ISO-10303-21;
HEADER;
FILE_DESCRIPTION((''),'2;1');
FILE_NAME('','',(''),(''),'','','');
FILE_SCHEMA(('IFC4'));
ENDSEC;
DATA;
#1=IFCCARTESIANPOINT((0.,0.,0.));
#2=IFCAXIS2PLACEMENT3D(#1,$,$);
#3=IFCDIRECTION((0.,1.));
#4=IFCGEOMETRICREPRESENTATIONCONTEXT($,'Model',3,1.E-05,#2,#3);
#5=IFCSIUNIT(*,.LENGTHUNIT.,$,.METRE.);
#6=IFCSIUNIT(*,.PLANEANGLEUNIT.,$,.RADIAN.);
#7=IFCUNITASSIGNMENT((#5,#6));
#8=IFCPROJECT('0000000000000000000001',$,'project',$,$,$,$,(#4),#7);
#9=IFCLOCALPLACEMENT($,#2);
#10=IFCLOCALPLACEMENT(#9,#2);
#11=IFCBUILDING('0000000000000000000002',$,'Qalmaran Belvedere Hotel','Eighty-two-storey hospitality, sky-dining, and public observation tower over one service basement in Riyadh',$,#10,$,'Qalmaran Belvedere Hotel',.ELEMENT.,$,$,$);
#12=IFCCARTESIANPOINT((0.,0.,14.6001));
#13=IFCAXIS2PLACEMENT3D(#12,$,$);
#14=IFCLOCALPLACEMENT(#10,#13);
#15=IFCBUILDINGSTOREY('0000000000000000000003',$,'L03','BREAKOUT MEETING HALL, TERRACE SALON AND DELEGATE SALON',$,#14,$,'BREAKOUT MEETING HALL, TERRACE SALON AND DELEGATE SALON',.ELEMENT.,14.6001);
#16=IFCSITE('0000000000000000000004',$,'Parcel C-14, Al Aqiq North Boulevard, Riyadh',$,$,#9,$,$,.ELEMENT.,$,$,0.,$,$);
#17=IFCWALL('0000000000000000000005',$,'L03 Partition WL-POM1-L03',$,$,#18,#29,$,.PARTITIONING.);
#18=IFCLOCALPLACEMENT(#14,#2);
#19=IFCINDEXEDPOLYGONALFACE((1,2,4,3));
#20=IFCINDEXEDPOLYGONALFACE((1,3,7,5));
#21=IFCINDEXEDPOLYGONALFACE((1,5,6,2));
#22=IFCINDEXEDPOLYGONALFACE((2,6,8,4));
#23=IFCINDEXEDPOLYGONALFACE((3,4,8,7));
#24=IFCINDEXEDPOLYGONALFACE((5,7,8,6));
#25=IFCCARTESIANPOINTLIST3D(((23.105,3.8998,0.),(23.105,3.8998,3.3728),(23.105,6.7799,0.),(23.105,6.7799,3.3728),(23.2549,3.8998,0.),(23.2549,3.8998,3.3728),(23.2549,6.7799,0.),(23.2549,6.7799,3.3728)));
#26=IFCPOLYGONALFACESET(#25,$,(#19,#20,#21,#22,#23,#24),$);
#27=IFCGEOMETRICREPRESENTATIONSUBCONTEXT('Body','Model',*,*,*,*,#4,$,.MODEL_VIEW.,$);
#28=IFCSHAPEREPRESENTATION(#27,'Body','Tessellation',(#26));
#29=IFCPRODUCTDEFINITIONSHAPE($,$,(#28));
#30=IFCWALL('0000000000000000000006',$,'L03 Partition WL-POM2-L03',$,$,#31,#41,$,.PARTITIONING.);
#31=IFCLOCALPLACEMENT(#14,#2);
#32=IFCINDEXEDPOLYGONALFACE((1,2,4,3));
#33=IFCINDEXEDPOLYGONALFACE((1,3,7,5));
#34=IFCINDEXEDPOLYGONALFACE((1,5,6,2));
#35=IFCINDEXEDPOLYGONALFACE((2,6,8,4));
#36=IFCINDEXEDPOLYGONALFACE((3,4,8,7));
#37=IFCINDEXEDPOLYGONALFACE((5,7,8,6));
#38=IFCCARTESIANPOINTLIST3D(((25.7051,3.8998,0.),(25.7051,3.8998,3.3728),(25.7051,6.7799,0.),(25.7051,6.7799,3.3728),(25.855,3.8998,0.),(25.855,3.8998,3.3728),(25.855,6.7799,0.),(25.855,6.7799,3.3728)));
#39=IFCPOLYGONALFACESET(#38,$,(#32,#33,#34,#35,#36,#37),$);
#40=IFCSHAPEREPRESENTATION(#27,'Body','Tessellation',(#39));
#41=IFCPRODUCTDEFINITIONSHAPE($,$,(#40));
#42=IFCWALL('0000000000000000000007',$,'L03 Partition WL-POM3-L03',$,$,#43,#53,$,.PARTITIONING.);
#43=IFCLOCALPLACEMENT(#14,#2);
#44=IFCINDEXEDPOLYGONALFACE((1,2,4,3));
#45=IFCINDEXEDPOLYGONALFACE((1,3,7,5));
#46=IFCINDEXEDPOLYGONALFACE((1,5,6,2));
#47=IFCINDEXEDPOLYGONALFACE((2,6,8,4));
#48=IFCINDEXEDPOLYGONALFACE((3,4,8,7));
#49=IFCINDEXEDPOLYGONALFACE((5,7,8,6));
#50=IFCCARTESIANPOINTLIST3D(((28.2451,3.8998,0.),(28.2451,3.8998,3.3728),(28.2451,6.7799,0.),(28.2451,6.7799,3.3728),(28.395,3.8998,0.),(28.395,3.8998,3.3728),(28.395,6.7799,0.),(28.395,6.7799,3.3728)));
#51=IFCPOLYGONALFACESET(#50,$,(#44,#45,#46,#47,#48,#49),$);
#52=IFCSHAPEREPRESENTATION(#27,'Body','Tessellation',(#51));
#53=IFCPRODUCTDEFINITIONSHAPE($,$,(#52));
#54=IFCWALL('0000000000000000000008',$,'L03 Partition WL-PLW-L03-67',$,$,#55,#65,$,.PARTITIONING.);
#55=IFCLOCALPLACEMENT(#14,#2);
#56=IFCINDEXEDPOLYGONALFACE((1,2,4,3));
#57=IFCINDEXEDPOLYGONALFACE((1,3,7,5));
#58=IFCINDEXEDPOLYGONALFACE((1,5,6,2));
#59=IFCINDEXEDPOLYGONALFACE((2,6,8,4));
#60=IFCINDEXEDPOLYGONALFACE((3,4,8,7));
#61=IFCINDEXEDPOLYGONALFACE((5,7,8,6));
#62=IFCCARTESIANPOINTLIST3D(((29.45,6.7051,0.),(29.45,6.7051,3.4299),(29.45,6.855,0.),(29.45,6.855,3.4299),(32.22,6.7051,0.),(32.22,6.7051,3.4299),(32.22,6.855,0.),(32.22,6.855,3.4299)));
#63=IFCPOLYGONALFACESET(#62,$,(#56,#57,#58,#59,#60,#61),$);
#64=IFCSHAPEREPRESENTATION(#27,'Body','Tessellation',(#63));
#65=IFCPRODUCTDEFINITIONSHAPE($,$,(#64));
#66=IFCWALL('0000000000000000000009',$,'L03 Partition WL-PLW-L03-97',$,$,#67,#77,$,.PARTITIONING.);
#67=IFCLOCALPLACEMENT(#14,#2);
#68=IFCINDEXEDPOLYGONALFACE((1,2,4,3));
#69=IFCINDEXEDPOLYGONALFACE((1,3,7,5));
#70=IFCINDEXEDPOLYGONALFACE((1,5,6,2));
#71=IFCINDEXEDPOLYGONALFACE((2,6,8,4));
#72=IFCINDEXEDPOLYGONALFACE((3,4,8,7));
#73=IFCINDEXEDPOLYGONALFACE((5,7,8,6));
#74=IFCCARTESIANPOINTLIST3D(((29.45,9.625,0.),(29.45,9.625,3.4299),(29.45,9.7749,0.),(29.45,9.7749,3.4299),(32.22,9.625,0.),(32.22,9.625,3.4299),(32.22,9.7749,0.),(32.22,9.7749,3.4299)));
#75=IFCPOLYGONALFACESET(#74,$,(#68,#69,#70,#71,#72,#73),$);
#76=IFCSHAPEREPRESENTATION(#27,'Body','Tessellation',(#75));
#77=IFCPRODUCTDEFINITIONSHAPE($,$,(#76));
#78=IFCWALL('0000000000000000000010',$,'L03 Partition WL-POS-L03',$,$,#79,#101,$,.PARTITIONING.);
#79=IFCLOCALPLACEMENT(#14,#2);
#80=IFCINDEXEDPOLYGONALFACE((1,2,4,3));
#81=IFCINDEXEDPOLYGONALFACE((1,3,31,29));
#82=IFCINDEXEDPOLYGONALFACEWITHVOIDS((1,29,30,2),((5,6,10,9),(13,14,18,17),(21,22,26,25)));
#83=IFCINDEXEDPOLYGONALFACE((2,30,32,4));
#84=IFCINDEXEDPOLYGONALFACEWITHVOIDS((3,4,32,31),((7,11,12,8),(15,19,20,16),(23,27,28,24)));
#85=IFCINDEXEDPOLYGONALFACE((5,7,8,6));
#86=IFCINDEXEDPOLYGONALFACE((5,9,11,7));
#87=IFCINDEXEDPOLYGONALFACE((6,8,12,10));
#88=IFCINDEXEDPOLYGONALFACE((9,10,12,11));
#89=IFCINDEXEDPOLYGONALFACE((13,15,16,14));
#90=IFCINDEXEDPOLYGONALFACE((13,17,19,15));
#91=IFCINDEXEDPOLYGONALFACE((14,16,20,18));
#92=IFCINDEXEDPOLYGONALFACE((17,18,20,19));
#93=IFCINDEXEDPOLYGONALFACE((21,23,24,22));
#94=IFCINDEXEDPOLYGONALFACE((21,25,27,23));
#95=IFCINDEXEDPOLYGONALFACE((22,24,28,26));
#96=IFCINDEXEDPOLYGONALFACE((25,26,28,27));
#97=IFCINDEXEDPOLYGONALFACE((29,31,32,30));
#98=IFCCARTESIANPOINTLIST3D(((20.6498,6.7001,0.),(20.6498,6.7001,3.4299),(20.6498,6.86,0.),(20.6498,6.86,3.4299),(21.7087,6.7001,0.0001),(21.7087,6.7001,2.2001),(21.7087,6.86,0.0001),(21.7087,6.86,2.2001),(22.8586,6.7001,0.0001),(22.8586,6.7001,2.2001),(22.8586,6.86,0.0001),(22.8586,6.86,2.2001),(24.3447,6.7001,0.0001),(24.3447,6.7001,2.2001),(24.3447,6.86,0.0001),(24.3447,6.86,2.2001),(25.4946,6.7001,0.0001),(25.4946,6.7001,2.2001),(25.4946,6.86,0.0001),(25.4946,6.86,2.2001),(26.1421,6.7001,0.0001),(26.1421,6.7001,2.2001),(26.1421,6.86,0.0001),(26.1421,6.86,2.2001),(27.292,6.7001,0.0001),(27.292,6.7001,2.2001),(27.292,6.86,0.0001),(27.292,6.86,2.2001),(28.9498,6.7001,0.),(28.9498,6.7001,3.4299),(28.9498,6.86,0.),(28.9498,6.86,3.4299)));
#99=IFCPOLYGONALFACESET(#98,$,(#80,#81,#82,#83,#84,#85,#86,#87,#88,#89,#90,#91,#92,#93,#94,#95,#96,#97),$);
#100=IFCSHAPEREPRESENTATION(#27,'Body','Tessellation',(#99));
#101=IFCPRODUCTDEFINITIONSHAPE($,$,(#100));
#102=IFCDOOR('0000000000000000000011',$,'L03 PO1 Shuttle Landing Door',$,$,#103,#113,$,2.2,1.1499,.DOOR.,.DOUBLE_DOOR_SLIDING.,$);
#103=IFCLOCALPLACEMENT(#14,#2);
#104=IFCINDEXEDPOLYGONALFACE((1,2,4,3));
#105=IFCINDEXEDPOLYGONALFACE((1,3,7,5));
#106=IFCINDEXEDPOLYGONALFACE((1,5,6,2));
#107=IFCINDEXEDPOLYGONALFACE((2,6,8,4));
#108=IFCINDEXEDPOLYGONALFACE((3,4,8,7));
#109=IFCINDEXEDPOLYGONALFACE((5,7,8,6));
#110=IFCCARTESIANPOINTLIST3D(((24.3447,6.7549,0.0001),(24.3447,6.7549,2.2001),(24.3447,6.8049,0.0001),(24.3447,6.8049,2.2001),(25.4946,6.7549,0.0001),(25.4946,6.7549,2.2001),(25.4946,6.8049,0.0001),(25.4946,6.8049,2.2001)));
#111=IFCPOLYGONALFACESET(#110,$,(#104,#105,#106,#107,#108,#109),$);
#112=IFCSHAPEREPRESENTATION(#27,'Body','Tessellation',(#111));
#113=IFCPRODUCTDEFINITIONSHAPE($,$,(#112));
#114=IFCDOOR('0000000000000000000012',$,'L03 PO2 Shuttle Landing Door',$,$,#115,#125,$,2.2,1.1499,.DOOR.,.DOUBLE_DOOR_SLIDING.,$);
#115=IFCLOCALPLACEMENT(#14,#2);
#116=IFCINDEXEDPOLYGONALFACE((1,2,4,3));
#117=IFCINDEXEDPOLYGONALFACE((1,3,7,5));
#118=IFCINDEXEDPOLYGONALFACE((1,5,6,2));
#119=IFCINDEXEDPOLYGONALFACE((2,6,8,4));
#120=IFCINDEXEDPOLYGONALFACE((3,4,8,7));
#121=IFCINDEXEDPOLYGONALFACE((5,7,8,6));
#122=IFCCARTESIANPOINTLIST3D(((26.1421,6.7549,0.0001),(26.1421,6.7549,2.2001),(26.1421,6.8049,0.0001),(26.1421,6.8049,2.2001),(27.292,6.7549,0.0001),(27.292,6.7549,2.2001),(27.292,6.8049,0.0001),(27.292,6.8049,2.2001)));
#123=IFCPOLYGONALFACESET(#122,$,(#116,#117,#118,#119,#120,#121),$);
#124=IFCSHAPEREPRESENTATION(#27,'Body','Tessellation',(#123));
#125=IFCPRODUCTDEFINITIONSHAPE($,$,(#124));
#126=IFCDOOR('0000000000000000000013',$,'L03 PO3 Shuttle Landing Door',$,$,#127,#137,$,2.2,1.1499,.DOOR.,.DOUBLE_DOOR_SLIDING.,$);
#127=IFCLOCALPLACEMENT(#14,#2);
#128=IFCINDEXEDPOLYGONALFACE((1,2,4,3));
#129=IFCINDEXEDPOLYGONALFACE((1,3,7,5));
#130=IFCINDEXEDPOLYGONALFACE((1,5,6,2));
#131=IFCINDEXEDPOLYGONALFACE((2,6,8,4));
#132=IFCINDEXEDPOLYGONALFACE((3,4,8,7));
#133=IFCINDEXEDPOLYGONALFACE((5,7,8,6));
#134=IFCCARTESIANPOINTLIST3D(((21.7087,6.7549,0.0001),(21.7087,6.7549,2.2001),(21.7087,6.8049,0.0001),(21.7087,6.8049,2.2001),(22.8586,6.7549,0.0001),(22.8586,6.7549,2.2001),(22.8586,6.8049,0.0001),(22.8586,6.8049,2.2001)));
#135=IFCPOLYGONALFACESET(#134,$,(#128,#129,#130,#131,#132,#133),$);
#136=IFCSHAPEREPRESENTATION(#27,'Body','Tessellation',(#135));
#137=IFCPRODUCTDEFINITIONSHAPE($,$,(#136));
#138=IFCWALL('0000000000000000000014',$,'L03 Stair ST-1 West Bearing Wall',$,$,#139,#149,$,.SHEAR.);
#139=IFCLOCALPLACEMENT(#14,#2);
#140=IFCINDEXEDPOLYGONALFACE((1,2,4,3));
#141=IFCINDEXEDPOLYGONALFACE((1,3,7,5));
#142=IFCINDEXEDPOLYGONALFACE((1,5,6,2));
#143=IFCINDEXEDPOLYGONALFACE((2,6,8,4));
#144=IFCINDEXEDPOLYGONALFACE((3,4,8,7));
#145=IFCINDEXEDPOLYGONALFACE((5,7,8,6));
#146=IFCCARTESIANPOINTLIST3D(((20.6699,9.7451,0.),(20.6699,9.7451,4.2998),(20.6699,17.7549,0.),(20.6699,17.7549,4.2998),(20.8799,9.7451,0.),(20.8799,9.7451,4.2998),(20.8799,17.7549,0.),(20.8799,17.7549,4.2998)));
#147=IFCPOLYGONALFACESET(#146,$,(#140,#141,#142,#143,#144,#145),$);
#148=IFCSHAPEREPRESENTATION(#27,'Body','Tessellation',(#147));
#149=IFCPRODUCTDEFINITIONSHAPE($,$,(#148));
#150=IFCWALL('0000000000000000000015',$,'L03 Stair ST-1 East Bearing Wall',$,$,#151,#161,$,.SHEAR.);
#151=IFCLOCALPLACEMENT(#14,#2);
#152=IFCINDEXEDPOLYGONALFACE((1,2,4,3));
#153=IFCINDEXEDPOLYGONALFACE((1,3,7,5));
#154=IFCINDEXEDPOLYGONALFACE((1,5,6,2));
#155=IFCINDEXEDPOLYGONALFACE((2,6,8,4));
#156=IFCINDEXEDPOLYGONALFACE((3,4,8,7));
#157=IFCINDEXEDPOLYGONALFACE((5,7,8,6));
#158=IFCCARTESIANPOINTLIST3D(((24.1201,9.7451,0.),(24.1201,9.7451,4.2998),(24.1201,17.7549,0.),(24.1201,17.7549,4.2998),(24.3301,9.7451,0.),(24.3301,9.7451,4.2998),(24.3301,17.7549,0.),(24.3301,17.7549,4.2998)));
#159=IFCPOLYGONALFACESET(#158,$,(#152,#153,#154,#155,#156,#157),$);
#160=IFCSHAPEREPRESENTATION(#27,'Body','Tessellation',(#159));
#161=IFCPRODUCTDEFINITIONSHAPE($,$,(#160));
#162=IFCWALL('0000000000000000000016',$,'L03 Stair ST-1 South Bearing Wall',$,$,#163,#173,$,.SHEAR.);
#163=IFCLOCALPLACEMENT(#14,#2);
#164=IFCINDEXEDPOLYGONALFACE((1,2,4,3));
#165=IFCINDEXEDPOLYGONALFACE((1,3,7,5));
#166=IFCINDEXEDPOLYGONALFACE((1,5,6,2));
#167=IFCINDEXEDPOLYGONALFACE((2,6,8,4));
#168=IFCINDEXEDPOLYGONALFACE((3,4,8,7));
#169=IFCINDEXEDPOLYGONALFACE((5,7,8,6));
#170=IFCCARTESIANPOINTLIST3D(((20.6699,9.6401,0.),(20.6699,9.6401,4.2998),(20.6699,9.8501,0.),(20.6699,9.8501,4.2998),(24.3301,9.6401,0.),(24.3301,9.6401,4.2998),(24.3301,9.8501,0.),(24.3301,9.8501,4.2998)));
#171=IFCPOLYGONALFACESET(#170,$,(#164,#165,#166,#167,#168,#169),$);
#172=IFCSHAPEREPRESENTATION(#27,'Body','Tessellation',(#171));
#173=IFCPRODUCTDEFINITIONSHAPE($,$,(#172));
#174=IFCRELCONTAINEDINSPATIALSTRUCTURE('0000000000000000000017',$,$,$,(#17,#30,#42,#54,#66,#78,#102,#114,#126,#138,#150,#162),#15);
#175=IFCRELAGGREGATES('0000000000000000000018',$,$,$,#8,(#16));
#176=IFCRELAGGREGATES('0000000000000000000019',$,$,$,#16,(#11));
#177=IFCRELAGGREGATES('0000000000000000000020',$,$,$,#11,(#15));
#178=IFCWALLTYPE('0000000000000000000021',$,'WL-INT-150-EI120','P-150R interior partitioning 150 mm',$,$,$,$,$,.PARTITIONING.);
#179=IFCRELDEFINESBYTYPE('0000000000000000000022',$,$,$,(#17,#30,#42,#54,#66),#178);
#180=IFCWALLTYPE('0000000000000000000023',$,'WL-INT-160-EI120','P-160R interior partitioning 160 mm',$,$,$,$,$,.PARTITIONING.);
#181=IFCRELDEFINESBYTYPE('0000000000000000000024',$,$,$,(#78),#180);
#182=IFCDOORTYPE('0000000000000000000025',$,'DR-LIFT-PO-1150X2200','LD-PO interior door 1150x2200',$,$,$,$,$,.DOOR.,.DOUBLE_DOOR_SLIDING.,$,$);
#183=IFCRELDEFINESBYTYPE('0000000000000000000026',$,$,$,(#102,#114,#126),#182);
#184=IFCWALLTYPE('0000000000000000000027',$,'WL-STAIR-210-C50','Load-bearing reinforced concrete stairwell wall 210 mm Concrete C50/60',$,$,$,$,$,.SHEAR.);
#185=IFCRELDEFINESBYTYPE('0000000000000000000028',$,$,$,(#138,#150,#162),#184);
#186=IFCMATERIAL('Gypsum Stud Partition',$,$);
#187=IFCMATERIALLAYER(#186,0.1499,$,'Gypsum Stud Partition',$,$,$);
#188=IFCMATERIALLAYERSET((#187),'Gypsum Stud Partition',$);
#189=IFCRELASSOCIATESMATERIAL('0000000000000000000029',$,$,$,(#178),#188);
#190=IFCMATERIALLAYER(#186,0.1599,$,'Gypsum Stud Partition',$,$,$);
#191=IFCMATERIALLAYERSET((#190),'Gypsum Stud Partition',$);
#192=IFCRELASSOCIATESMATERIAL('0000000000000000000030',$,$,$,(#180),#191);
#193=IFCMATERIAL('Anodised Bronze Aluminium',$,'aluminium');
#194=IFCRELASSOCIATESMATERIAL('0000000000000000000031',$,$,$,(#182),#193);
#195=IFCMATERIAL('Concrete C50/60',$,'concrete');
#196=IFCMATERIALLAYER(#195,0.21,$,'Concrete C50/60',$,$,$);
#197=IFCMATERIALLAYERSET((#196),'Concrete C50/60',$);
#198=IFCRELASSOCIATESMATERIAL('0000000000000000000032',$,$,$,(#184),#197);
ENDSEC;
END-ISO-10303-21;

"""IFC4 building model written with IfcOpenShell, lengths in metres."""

from ifc_helpers import new_model, si_unit, direction, frame, frame_2d, origin, place, context, subcontext, project, spatial, rectangle, extrude, material, layer, layer_set, type_object, element, fill, save


model = new_model("IFC4")

# Units and contexts
model_context = context("Model", 3, precision=1e-05, world=origin(), true_north=direction((0.0, 1.0)))
body_context = subcontext(model_context, "Body", "Model", "MODEL_VIEW")
ifc_project = project(units=[si_unit("LENGTHUNIT", "METRE"), si_unit("PLANEANGLEUNIT", "RADIAN")], contexts=[model_context])

# Site, building, storey
site_placement = place(None, origin())
site = spatial("IfcSite", under=ifc_project, at=site_placement, Name="Parcel C-14, Al Aqiq North Boulevard, Riyadh", CompositionType="ELEMENT", RefElevation=0.0)
building_placement = place(site_placement, origin())
building = spatial("IfcBuilding", under=site, at=building_placement, Name="Qalmaran Belvedere Hotel", Description="Eighty-two-storey hospitality, sky-dining, and public observation tower over one service basement in Riyadh", LongName="Qalmaran Belvedere Hotel", CompositionType="ELEMENT")
storey_placement = place(building_placement, frame((0.0, 0.0, 14.6001)))
storey = spatial("IfcBuildingStorey", under=building, at=storey_placement, Name="L03", Description="BREAKOUT MEETING HALL, TERRACE SALON AND DELEGATE SALON", LongName="BREAKOUT MEETING HALL, TERRACE SALON AND DELEGATE SALON", CompositionType="ELEMENT", Elevation=14.6001)

# Shared definitions
ifc_material_1 = material(Name="Anodised Bronze Aluminium", Category="aluminium")

# Walls
ifc_material_2 = material(Name="Gypsum Stud Partition")
ifc_layer_1 = layer(ifc_material_2, 0.1499, Name="Gypsum Stud Partition")
ifc_layer_set_1 = layer_set([ifc_layer_1], Name="Gypsum Stud Partition")
wall_type_1 = type_object("IfcWallType", Name="WL-INT-150-EI120", Description="P-150R interior partitioning 150 mm", PredefinedType="PARTITIONING", material=ifc_layer_set_1)
for number, where, z_axis, x_axis, name in (
    (1, (23.1799, 3.8999, 0.0), (0.0, 0.0, 1.0), (0.0, 1.0, 0.0), "L03 Partition WL-POM1-L03"),
    (2, (25.78, 3.8999, 0.0), (0.0, 0.0, 1.0), (0.0, 1.0, 0.0), "L03 Partition WL-POM2-L03"),
    (3, (28.3201, 3.8999, 0.0), (0.0, 0.0, 1.0), (0.0, 1.0, 0.0), "L03 Partition WL-POM3-L03"),
):
    element("IfcWall", number, at=place(storey_placement, frame(where, z_axis=z_axis, x_axis=x_axis)), inside=storey, type_object=wall_type_1, Name=name, PredefinedType="PARTITIONING", context=body_context, shape_type="SweptSolid", body=[
        extrude(rectangle(XDim=2.8801, YDim=0.1499, at=frame_2d((1.4399, 0.0))), origin(), (0.0, 0.0, 1.0), 3.3728),
    ])
for number, where, z_axis, x_axis, name in (
    (4, (29.45, 6.78, 0.0), (0.0, 0.0, 1.0), (1.0, 0.0, 0.0), "L03 Partition WL-PLW-L03-67"),
    (5, (29.45, 9.7, 0.0), (0.0, 0.0, 1.0), (1.0, 0.0, 0.0), "L03 Partition WL-PLW-L03-97"),
):
    element("IfcWall", number, at=place(storey_placement, frame(where, z_axis=z_axis, x_axis=x_axis)), inside=storey, type_object=wall_type_1, Name=name, PredefinedType="PARTITIONING", context=body_context, shape_type="SweptSolid", body=[
        extrude(rectangle(XDim=2.77, YDim=0.1499, at=frame_2d((1.385, 0.0))), origin(), (0.0, 0.0, 1.0), 3.4299),
    ])

# Wall, openings, doors
ifc_layer_2 = layer(ifc_material_2, 0.1599, Name="Gypsum Stud Partition")
ifc_layer_set_2 = layer_set([ifc_layer_2], Name="Gypsum Stud Partition")
wall_type_2 = type_object("IfcWallType", Name="WL-INT-160-EI120", Description="P-160R interior partitioning 160 mm", PredefinedType="PARTITIONING", material=ifc_layer_set_2)
wall_1_placement = place(storey_placement, frame((20.6499, 6.78, 0.0), z_axis=(0.0, 0.0, 1.0), x_axis=(1.0, 0.0, 0.0)))
wall_1 = element("IfcWall", 6, at=wall_1_placement, inside=storey, type_object=wall_type_2, Name="L03 Partition WL-POS-L03", PredefinedType="PARTITIONING", context=body_context, shape_type="SweptSolid", body=[
    extrude(rectangle(XDim=8.3, YDim=0.1599, at=frame_2d((4.1499, 0.0))), origin(), (0.0, 0.0, 1.0), 3.4299),
])
opening_1_placement = place(wall_1_placement, frame((3.6948, 0.0, 0.0)))
opening_1 = element("IfcOpeningElement", 7, at=opening_1_placement, cuts=wall_1, PredefinedType="OPENING", context=body_context, shape_type="SweptSolid", body=[
    extrude(rectangle(XDim=1.1499, YDim=2.2, at=frame_2d((0.575, 1.1001))), frame((0.0, 0.0898, 0.0), z_axis=(0.0, -1.0, 0.0), x_axis=(1.0, 0.0, 0.0)), (0.0, 0.0, 1.0), 0.1799),
])
opening_2_placement = place(wall_1_placement, frame((5.4922, 0.0, 0.0)))
opening_2 = element("IfcOpeningElement", 8, at=opening_2_placement, cuts=wall_1, PredefinedType="OPENING", context=body_context, shape_type="SweptSolid", body=[
    extrude(rectangle(XDim=1.1499, YDim=2.2, at=frame_2d((0.575, 1.1001))), frame((0.0, 0.0898, 0.0), z_axis=(0.0, -1.0, 0.0), x_axis=(1.0, 0.0, 0.0)), (0.0, 0.0, 1.0), 0.1799),
])
opening_3_placement = place(wall_1_placement, frame((1.0588, 0.0, 0.0)))
opening_3 = element("IfcOpeningElement", 9, at=opening_3_placement, cuts=wall_1, PredefinedType="OPENING", context=body_context, shape_type="SweptSolid", body=[
    extrude(rectangle(XDim=1.1499, YDim=2.2, at=frame_2d((0.575, 1.1001))), frame((0.0, 0.0898, 0.0), z_axis=(0.0, -1.0, 0.0), x_axis=(1.0, 0.0, 0.0)), (0.0, 0.0, 1.0), 0.1799),
])
door_type_1 = type_object("IfcDoorType", Name="DR-LIFT-PO-1150X2200", Description="LD-PO interior door 1150x2200", OperationType="DOUBLE_DOOR_SLIDING", PredefinedType="DOOR", material=ifc_material_1)
door_1_placement = place(opening_1_placement, origin())
door_1 = element("IfcDoor", 10, at=door_1_placement, inside=storey, type_object=door_type_1, Name="L03 PO1 Shuttle Landing Door", OperationType="DOUBLE_DOOR_SLIDING", OverallHeight=2.2, OverallWidth=1.1499, PredefinedType="DOOR", context=body_context, shape_type="SweptSolid", body=[
    extrude(rectangle(XDim=1.1499, YDim=2.2, at=frame_2d((0.575, 1.1001))), frame((0.0, 0.0249, 0.0), z_axis=(0.0, -1.0, 0.0), x_axis=(1.0, 0.0, 0.0)), (0.0, 0.0, 1.0), 0.05),
])
fill(opening_1, door_1)
door_2_placement = place(opening_2_placement, origin())
door_2 = element("IfcDoor", 11, at=door_2_placement, inside=storey, type_object=door_type_1, Name="L03 PO2 Shuttle Landing Door", OperationType="DOUBLE_DOOR_SLIDING", OverallHeight=2.2, OverallWidth=1.1499, PredefinedType="DOOR", context=body_context, shape_type="SweptSolid", body=[
    extrude(rectangle(XDim=1.1499, YDim=2.2, at=frame_2d((0.575, 1.1001))), frame((0.0, 0.0249, 0.0), z_axis=(0.0, -1.0, 0.0), x_axis=(1.0, 0.0, 0.0)), (0.0, 0.0, 1.0), 0.05),
])
fill(opening_2, door_2)
door_3_placement = place(opening_3_placement, origin())
door_3 = element("IfcDoor", 12, at=door_3_placement, inside=storey, type_object=door_type_1, Name="L03 PO3 Shuttle Landing Door", OperationType="DOUBLE_DOOR_SLIDING", OverallHeight=2.2, OverallWidth=1.1499, PredefinedType="DOOR", context=body_context, shape_type="SweptSolid", body=[
    extrude(rectangle(XDim=1.1499, YDim=2.2, at=frame_2d((0.575, 1.1001))), frame((0.0, 0.0249, 0.0), z_axis=(0.0, -1.0, 0.0), x_axis=(1.0, 0.0, 0.0)), (0.0, 0.0, 1.0), 0.05),
])
fill(opening_3, door_3)

# Walls
ifc_material_3 = material(Name="Concrete C50/60", Category="concrete")
ifc_layer_3 = layer(ifc_material_3, 0.21, Name="Concrete C50/60")
ifc_layer_set_3 = layer_set([ifc_layer_3], Name="Concrete C50/60")
wall_type_3 = type_object("IfcWallType", Name="WL-STAIR-210-C50", Description="Load-bearing reinforced concrete stairwell wall 210 mm Concrete C50/60", PredefinedType="SHEAR", material=ifc_layer_set_3)
for number, where, z_axis, x_axis, name in (
    (13, (20.7749, 9.7451, 0.0), (0.0, 0.0, 1.0), (0.0, 1.0, 0.0), "L03 Stair ST-1 West Bearing Wall"),
    (14, (24.2251, 9.7451, 0.0), (0.0, 0.0, 1.0), (0.0, 1.0, 0.0), "L03 Stair ST-1 East Bearing Wall"),
):
    element("IfcWall", number, at=place(storey_placement, frame(where, z_axis=z_axis, x_axis=x_axis)), inside=storey, type_object=wall_type_3, Name=name, PredefinedType="SHEAR", context=body_context, shape_type="SweptSolid", body=[
        extrude(rectangle(XDim=8.0098, YDim=0.21, at=frame_2d((4.0049, 0.0))), origin(), (0.0, 0.0, 1.0), 4.2998),
    ])
wall_2_placement = place(storey_placement, frame((20.6699, 9.7451, 0.0), z_axis=(0.0, 0.0, 1.0), x_axis=(1.0, 0.0, 0.0)))
element("IfcWall", 15, at=wall_2_placement, inside=storey, type_object=wall_type_3, Name="L03 Stair ST-1 South Bearing Wall", PredefinedType="SHEAR", context=body_context, shape_type="SweptSolid", body=[
    extrude(rectangle(XDim=3.6602, YDim=0.21, at=frame_2d((1.8301, 0.0))), origin(), (0.0, 0.0, 1.0), 4.2998),
])

save(model, "model.ifc")
